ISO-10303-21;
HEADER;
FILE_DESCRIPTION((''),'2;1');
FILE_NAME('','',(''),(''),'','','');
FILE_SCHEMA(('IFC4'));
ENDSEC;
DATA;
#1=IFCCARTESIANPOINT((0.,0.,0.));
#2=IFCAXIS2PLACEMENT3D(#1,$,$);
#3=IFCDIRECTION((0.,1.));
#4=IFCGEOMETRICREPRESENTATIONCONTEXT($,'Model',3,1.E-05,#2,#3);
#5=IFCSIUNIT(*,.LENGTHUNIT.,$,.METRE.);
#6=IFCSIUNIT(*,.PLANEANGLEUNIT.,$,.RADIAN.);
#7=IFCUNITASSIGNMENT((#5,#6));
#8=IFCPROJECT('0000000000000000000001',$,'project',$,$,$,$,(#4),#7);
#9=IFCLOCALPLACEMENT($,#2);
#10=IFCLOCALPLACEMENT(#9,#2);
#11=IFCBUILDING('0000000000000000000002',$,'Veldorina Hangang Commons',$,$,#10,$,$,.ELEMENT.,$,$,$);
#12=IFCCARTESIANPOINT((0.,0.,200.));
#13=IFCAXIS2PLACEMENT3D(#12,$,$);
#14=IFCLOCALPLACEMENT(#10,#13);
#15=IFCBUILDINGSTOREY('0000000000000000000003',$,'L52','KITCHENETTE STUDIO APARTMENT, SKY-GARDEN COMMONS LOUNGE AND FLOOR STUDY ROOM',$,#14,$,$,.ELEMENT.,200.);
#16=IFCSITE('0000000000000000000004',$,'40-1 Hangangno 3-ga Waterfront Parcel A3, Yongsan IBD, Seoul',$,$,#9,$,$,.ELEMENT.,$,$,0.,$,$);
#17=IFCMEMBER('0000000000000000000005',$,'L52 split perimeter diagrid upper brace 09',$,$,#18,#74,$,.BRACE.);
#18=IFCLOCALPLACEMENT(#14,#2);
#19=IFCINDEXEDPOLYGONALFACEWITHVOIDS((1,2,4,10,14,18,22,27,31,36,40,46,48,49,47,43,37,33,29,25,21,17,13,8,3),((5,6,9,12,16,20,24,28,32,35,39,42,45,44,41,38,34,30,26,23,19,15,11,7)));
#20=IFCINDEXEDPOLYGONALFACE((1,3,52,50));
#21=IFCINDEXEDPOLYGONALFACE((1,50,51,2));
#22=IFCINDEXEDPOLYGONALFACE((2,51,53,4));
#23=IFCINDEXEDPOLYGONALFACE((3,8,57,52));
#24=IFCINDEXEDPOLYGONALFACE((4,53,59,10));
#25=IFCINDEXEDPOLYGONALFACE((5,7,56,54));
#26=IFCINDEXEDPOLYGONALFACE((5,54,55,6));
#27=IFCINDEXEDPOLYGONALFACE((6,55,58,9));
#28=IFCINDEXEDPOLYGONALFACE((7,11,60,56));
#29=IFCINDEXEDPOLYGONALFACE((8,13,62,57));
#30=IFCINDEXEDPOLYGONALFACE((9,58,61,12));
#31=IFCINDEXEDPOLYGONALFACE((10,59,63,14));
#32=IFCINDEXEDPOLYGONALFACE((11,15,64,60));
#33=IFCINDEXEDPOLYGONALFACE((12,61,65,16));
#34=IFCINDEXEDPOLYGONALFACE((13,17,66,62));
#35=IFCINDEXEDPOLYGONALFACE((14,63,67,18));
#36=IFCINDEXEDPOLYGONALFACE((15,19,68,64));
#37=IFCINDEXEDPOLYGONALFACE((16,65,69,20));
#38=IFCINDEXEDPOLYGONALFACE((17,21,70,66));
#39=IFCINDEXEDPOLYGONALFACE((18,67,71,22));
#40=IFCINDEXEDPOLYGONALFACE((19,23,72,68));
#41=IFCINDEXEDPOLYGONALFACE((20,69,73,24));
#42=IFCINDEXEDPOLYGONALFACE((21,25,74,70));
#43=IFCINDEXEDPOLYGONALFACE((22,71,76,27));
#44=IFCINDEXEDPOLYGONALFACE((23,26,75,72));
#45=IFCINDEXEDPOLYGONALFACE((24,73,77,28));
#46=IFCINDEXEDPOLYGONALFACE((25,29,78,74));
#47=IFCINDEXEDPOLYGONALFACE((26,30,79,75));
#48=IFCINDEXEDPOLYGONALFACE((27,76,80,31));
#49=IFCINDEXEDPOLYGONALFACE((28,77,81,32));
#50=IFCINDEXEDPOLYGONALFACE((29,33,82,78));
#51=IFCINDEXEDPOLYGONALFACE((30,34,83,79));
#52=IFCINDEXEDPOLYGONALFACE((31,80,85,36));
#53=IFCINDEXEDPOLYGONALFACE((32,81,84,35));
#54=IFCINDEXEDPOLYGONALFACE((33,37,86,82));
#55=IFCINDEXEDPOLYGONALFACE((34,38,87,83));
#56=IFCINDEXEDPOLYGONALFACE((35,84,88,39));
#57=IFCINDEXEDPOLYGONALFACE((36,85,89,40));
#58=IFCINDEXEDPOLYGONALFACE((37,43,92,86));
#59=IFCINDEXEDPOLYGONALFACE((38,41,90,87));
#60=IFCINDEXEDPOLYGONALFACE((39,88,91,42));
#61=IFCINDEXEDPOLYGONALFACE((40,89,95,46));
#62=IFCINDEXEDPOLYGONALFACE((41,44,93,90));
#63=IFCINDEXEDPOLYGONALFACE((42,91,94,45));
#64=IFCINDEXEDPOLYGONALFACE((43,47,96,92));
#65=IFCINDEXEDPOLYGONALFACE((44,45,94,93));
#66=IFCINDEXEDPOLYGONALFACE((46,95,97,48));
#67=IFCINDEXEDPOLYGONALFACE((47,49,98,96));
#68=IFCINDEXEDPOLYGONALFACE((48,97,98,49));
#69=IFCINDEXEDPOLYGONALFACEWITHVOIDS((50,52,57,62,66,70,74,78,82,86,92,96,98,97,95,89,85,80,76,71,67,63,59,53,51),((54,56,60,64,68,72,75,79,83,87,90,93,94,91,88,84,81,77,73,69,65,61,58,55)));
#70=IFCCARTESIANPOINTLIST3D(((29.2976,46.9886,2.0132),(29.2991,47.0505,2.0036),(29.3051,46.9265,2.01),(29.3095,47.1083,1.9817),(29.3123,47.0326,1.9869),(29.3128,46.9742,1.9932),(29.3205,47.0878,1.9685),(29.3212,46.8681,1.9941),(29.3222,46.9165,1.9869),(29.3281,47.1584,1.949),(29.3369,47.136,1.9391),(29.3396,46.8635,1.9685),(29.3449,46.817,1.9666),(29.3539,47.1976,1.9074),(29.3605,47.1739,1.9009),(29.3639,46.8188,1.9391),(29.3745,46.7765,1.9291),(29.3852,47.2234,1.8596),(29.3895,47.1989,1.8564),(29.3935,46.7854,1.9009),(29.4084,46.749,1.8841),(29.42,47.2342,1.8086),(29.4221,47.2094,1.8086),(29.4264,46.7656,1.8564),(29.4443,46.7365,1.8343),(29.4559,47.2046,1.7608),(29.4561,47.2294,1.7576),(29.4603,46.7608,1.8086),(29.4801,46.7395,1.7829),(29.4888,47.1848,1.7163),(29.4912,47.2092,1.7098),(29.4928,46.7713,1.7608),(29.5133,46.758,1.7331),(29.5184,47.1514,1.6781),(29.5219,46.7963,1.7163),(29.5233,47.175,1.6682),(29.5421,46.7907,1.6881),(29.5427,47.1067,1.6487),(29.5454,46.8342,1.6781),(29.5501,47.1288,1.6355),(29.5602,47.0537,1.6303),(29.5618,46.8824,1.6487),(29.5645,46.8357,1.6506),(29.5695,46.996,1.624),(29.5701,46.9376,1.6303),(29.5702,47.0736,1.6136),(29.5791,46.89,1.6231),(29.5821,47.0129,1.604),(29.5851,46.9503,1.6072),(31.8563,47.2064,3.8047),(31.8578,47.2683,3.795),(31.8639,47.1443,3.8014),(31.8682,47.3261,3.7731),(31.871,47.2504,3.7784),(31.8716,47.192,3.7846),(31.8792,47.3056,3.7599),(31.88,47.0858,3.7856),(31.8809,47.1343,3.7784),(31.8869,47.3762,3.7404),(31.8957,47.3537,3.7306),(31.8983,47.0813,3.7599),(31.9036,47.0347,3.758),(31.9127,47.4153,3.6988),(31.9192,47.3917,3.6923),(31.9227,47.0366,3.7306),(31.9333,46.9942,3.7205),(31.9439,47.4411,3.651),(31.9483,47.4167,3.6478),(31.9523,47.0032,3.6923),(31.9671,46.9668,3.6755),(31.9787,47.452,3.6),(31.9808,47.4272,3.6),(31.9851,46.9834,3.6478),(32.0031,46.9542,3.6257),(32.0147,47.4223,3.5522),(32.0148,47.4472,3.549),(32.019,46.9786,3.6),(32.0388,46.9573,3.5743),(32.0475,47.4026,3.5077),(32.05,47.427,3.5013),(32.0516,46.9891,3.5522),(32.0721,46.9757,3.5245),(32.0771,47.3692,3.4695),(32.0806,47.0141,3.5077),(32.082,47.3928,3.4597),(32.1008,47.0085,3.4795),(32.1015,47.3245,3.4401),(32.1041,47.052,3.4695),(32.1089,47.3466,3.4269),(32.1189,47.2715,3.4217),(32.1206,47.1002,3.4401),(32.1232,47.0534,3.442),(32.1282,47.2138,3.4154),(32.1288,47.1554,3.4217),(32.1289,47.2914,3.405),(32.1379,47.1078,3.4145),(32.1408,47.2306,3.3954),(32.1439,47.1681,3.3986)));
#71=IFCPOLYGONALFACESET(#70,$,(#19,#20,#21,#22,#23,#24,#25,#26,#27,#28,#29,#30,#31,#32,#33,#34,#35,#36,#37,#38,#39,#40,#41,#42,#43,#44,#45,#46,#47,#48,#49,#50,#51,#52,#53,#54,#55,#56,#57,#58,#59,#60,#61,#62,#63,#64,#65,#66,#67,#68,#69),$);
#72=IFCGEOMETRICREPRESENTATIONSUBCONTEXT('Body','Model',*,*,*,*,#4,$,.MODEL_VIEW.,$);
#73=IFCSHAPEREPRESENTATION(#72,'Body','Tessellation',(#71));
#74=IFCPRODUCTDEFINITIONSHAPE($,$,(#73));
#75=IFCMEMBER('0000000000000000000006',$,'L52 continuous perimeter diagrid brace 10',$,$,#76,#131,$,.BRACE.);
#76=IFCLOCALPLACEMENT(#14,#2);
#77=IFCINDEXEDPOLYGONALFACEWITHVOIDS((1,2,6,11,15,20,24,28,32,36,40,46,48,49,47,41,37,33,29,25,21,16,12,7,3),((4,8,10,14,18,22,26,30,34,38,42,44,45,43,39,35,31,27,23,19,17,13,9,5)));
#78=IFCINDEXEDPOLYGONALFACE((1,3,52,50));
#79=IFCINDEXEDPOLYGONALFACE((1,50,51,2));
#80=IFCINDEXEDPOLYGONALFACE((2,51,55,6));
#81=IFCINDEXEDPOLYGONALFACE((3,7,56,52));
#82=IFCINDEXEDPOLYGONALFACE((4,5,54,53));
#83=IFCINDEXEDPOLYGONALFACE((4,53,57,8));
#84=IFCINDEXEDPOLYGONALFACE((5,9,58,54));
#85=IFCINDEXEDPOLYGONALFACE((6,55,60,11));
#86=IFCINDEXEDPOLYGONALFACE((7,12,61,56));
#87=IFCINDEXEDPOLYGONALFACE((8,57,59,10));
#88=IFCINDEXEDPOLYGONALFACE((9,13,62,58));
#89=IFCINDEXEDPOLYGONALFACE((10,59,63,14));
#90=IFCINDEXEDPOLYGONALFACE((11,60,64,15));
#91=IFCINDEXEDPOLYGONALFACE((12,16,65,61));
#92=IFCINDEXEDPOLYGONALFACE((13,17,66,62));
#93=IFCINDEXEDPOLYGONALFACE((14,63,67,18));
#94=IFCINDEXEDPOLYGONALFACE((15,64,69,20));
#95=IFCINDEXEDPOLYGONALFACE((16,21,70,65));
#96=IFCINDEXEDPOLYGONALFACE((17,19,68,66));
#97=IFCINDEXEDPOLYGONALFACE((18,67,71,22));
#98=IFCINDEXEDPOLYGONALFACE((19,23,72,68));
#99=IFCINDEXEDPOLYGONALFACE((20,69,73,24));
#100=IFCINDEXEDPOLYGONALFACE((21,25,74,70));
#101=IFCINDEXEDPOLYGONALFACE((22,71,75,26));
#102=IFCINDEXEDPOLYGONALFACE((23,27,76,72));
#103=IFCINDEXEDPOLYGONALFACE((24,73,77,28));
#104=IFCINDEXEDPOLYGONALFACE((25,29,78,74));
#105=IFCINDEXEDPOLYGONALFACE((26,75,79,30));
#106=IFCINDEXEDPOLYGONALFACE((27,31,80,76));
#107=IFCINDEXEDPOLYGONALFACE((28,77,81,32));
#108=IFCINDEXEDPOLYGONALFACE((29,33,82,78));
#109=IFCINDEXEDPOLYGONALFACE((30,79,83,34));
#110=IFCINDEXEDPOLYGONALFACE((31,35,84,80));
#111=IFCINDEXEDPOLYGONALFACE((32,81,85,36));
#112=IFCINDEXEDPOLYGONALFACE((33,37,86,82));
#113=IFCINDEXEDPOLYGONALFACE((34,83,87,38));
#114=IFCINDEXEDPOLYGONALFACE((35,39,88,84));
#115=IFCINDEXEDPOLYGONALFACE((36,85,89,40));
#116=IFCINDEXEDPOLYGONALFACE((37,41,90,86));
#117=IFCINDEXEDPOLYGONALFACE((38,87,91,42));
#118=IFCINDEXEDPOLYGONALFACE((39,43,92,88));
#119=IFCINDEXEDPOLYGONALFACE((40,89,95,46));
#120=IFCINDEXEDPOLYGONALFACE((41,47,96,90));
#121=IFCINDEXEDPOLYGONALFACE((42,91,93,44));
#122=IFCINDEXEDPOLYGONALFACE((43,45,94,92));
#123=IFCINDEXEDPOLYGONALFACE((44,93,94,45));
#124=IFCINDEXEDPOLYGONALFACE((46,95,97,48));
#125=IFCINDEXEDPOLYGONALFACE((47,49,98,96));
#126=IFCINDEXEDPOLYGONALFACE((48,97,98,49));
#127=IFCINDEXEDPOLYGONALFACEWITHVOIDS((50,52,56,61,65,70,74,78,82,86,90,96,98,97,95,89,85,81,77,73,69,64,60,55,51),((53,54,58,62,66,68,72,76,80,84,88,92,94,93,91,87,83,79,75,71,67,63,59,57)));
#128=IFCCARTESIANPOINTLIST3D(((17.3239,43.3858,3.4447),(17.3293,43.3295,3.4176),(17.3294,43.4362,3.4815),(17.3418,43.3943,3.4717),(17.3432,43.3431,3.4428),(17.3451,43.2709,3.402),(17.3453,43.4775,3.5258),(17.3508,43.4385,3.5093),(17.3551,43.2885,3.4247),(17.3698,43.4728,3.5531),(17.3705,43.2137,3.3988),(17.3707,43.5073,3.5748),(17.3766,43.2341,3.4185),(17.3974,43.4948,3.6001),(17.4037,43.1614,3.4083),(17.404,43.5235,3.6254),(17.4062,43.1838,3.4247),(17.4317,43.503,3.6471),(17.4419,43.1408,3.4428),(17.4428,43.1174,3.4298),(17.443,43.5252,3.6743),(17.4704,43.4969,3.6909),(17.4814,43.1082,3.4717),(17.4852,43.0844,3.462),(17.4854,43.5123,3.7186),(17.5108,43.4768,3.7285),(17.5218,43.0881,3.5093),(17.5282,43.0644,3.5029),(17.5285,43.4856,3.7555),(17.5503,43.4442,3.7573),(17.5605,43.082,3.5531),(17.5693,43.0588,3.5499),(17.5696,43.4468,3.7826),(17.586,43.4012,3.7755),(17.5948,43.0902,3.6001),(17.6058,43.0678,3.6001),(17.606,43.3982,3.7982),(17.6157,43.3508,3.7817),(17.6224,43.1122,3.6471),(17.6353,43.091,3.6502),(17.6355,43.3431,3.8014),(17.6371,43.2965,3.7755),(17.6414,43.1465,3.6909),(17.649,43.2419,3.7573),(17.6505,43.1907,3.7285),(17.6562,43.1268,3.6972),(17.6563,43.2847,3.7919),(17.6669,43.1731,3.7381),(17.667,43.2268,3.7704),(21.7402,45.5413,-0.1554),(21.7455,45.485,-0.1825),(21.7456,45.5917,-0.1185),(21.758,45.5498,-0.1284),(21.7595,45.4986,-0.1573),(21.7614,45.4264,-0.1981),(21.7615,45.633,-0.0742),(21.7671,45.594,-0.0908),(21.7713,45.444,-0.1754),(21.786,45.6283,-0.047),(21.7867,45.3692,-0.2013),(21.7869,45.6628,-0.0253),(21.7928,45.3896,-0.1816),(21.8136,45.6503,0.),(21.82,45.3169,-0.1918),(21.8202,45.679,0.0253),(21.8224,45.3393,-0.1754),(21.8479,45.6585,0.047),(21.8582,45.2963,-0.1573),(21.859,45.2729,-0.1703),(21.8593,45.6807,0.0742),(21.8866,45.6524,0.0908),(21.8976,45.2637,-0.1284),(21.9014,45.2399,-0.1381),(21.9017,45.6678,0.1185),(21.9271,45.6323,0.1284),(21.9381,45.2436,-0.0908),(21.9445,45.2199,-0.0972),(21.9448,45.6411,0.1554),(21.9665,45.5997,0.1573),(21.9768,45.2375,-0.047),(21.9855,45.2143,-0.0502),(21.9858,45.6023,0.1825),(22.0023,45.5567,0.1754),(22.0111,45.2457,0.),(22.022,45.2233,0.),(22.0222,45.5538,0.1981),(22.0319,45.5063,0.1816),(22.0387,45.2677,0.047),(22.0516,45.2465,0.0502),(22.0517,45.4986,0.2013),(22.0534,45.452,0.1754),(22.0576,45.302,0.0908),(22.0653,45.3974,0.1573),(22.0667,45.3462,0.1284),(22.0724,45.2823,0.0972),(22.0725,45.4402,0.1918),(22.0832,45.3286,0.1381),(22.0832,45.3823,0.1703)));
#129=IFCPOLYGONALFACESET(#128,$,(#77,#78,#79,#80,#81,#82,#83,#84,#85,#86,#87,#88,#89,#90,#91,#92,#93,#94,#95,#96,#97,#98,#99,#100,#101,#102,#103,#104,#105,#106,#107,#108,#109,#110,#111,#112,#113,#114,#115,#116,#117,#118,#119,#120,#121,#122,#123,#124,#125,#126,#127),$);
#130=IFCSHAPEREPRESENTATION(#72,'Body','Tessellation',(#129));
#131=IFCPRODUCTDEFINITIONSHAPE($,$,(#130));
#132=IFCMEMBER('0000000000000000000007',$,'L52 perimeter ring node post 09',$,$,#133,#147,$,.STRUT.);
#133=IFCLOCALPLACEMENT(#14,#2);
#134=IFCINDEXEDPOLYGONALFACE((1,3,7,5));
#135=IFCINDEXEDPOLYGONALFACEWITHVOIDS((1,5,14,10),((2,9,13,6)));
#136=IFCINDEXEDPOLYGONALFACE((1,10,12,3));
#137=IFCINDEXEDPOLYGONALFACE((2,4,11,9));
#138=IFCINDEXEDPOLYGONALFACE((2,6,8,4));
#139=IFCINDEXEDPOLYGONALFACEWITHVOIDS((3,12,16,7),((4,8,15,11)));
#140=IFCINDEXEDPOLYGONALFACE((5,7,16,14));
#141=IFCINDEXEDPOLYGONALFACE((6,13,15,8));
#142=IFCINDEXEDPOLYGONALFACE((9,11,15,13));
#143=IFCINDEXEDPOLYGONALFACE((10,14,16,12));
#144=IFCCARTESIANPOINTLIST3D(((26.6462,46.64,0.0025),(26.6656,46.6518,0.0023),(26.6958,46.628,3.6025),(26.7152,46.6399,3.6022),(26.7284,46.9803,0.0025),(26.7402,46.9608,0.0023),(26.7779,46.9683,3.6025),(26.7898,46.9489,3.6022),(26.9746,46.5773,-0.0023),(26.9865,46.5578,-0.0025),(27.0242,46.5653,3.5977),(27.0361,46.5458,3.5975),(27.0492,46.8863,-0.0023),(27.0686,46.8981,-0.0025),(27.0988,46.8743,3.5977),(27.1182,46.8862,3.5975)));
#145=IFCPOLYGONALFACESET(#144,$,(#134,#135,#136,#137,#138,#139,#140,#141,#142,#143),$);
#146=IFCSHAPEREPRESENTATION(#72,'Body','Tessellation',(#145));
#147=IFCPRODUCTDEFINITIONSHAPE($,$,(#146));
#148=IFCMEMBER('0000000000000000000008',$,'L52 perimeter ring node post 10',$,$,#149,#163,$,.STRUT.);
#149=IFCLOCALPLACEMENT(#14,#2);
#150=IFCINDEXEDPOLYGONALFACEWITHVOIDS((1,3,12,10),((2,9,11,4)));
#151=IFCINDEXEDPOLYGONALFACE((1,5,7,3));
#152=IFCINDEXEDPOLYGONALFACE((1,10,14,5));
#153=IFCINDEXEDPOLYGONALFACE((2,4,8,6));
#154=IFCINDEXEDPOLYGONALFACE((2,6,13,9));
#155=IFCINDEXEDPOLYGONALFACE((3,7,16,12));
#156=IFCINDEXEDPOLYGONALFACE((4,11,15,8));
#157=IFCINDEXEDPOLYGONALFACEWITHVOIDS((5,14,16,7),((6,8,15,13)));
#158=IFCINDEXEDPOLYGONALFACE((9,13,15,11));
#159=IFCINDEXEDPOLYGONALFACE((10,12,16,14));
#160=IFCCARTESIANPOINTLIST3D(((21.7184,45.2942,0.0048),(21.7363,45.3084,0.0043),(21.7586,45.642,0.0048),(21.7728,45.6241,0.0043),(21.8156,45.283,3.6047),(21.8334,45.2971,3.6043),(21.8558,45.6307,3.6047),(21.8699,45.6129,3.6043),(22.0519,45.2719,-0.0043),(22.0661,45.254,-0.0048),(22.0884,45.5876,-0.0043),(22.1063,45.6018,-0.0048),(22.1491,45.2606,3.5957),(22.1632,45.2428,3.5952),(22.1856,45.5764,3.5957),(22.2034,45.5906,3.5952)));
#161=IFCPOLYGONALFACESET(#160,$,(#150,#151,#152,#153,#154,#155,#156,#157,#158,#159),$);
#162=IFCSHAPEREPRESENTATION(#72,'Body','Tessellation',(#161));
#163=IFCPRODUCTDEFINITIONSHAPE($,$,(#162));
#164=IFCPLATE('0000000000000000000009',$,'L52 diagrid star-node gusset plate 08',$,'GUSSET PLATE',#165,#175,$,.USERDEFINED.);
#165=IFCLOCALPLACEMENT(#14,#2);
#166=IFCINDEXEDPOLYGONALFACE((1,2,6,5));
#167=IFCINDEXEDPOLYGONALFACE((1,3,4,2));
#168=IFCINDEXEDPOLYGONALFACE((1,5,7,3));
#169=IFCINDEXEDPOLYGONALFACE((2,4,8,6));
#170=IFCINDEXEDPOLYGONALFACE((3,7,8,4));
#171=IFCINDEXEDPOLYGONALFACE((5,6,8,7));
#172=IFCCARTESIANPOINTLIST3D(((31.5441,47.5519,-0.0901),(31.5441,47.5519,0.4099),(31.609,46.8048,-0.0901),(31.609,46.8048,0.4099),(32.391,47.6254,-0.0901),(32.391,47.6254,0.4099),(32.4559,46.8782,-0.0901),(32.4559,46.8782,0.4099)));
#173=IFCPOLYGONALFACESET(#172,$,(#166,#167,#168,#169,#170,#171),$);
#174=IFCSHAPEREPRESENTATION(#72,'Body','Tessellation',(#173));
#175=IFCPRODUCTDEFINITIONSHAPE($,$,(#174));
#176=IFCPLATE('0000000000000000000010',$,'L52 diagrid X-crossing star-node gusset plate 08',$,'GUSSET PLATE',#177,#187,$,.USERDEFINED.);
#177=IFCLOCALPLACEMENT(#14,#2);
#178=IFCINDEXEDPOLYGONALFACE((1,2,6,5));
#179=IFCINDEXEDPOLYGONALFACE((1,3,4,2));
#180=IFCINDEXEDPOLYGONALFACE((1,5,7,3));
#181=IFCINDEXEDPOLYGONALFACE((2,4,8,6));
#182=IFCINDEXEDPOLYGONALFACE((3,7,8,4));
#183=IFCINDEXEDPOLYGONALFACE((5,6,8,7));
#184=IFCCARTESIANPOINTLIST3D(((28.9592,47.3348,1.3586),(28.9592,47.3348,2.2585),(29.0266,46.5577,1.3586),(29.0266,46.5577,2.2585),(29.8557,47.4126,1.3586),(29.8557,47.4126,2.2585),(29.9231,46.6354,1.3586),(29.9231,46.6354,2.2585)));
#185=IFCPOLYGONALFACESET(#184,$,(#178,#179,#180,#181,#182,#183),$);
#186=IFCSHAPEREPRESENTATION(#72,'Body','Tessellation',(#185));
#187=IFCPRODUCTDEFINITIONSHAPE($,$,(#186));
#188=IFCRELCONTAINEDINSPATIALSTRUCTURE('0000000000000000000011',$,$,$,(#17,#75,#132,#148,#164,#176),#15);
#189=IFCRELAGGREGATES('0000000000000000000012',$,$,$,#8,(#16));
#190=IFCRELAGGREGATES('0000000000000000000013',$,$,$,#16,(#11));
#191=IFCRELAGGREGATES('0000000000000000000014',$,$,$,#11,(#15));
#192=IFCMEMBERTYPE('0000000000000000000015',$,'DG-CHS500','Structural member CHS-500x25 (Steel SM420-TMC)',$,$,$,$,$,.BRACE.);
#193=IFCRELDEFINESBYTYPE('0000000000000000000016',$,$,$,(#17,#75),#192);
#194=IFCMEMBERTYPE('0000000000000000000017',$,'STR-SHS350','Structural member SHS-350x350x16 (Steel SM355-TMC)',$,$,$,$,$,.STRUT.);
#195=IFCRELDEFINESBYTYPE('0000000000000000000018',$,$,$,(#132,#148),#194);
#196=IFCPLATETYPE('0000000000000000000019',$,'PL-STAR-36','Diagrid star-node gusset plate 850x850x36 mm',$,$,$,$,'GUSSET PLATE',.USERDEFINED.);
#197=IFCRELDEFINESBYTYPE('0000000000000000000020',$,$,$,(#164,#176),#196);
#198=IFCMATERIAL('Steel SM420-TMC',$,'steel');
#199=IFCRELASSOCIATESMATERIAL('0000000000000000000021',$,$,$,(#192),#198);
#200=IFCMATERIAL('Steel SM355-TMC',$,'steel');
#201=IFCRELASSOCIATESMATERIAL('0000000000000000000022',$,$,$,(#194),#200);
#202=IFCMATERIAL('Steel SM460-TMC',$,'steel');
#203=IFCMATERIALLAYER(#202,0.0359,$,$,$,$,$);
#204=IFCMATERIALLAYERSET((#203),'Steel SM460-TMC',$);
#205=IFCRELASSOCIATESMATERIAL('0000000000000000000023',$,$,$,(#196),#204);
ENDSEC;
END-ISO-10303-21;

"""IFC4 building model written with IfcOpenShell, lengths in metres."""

from ifc_helpers import new_model, si_unit, direction, frame, origin, origin_2d, place, context, subcontext, project, spatial, rectangle, hollow_rectangle, hollow_circle, extrude, material, layer, layer_set, material_profile, profile_set, type_object, element, save


model = new_model("IFC4")

# Units and contexts
model_context = context("Model", 3, precision=1e-05, world=origin(), true_north=direction((0.0, 1.0)))
body_context = subcontext(model_context, "Body", "Model", "MODEL_VIEW")
ifc_project = project(units=[si_unit("LENGTHUNIT", "METRE"), si_unit("PLANEANGLEUNIT", "RADIAN")], contexts=[model_context])

# Site, building, storey
site_placement = place(None, origin())
site = spatial("IfcSite", under=ifc_project, at=site_placement, Name="40-1 Hangangno 3-ga Waterfront Parcel A3, Yongsan IBD, Seoul", CompositionType="ELEMENT", RefElevation=0.0)
building_placement = place(site_placement, origin())
building = spatial("IfcBuilding", under=site, at=building_placement, Name="Veldorina Hangang Commons", CompositionType="ELEMENT")
storey_placement = place(building_placement, frame((0.0, 0.0, 200.0)))
storey = spatial("IfcBuildingStorey", under=building, at=storey_placement, Name="L52", Description="KITCHENETTE STUDIO APARTMENT, SKY-GARDEN COMMONS LOUNGE AND FLOOR STUDY ROOM", CompositionType="ELEMENT", Elevation=200.0)

# Shared definitions
ifc_material_1 = material(Name="Steel SM355-TMC", Category="steel")
ifc_material_2 = material(Name="Steel SM420-TMC", Category="steel")

# Members
ifc_material_profile_1 = material_profile(ifc_material_2, hollow_circle(Radius=0.25, WallThickness=0.0249, at=origin_2d()), Name="CHS-500x25")
ifc_profile_set_1 = profile_set([ifc_material_profile_1], Name="Steel SM420-TMC")
member_type_1 = type_object("IfcMemberType", Name="DG-CHS500", Description="Structural member CHS-500x25 (Steel SM420-TMC)", PredefinedType="BRACE", material=ifc_profile_set_1)
member_1_placement = place(storey_placement, frame((29.4412, 46.9851, 1.8086), z_axis=(0.817201, 0.069549, 0.572142), x_axis=(-0.0848, 0.996398, 0.0)))
element("IfcMember", 1, at=member_1_placement, inside=storey, type_object=member_type_1, Name="L52 split perimeter diagrid upper brace 09", PredefinedType="BRACE", context=body_context, shape_type="SweptSolid", body=[
    extrude(hollow_circle(Radius=0.25, WallThickness=0.0249, at=origin_2d()), origin(), (0.0, 0.0, 1.0), 3.1311),
])
member_2_placement = place(storey_placement, frame((21.9124, 45.448, 0.0), z_axis=(-0.724949, -0.353838, 0.590972), x_axis=(0.438628, -0.898669, 0.0)))
element("IfcMember", 2, at=member_2_placement, inside=storey, type_object=member_type_1, Name="L52 continuous perimeter diagrid brace 10", PredefinedType="BRACE", context=body_context, shape_type="SweptSolid", body=[
    extrude(hollow_circle(Radius=0.25, WallThickness=0.0249, at=origin_2d()), origin(), (0.0, 0.0, 1.0), 6.0918),
])
ifc_material_profile_2 = material_profile(ifc_material_1, hollow_rectangle(XDim=0.3501, YDim=0.3501, WallThickness=0.0161, at=origin_2d()), Name="SHS-350x350x16")
ifc_profile_set_2 = profile_set([ifc_material_profile_2], Name="Steel SM355-TMC")
member_type_2 = type_object("IfcMemberType", Name="STR-SHS350", Description="Structural member SHS-350x350x16 (Steel SM355-TMC)", PredefinedType="STRUT", material=ifc_profile_set_2)
member_3_placement = place(storey_placement, frame((26.8574, 46.769, 0.0), z_axis=(0.013765, -0.003323, 0.9999), x_axis=(0.234641, 0.972082, 0.0)))
element("IfcMember", 3, at=member_3_placement, inside=storey, type_object=member_type_2, Name="L52 perimeter ring node post 09", PredefinedType="STRUT", context=body_context, shape_type="SweptSolid", body=[
    extrude(hollow_rectangle(XDim=0.3501, YDim=0.3501, WallThickness=0.0161, at=origin_2d()), origin(), (0.0, 0.0, 1.0), 3.6003),
])
member_4_placement = place(storey_placement, frame((21.9124, 45.448, 0.0), z_axis=(0.02698, -0.003118, 0.999631), x_axis=(0.114814, 0.993387, 0.0)))
element("IfcMember", 4, at=member_4_placement, inside=storey, type_object=member_type_2, Name="L52 perimeter ring node post 10", PredefinedType="STRUT", context=body_context, shape_type="SweptSolid", body=[
    extrude(hollow_rectangle(XDim=0.3501, YDim=0.3501, WallThickness=0.0161, at=origin_2d()), origin(), (0.0, 0.0, 1.0), 3.6013),
])

# Plates
ifc_material_3 = material(Name="Steel SM460-TMC", Category="steel")
ifc_layer_1 = layer(ifc_material_3, 0.0359)
ifc_layer_set_1 = layer_set([ifc_layer_1], Name="Steel SM460-TMC")
plate_type = type_object("IfcPlateType", Name="PL-STAR-36", Description="Diagrid star-node gusset plate 850x850x36 mm", ElementType="GUSSET PLATE", PredefinedType="USERDEFINED", material=ifc_layer_set_1)
plate_1_placement = place(storey_placement, frame((32.0, 47.2151, -0.0901), z_axis=(0.0, 0.0, 1.0), x_axis=(-0.996258, -0.086425, 0.0)))
element("IfcPlate", 5, at=plate_1_placement, inside=storey, type_object=plate_type, Name="L52 diagrid star-node gusset plate 08", ObjectType="GUSSET PLATE", PredefinedType="USERDEFINED", context=body_context, shape_type="SweptSolid", body=[
    extrude(rectangle(XDim=0.8501, YDim=0.75, at=origin_2d()), origin(), (0.0, 0.0, 1.0), 0.5),
])
plate_2_placement = place(storey_placement, frame((29.4412, 46.9851, 1.3586), z_axis=(0.0, 0.0, 1.0), x_axis=(-0.996258, -0.086425, 0.0)))
element("IfcPlate", 6, at=plate_2_placement, inside=storey, type_object=plate_type, Name="L52 diagrid X-crossing star-node gusset plate 08", ObjectType="GUSSET PLATE", PredefinedType="USERDEFINED", context=body_context, shape_type="SweptSolid", body=[
    extrude(rectangle(XDim=0.8999, YDim=0.78, at=origin_2d()), origin(), (0.0, 0.0, 1.0), 0.8999),
])

save(model, "model.ifc")
